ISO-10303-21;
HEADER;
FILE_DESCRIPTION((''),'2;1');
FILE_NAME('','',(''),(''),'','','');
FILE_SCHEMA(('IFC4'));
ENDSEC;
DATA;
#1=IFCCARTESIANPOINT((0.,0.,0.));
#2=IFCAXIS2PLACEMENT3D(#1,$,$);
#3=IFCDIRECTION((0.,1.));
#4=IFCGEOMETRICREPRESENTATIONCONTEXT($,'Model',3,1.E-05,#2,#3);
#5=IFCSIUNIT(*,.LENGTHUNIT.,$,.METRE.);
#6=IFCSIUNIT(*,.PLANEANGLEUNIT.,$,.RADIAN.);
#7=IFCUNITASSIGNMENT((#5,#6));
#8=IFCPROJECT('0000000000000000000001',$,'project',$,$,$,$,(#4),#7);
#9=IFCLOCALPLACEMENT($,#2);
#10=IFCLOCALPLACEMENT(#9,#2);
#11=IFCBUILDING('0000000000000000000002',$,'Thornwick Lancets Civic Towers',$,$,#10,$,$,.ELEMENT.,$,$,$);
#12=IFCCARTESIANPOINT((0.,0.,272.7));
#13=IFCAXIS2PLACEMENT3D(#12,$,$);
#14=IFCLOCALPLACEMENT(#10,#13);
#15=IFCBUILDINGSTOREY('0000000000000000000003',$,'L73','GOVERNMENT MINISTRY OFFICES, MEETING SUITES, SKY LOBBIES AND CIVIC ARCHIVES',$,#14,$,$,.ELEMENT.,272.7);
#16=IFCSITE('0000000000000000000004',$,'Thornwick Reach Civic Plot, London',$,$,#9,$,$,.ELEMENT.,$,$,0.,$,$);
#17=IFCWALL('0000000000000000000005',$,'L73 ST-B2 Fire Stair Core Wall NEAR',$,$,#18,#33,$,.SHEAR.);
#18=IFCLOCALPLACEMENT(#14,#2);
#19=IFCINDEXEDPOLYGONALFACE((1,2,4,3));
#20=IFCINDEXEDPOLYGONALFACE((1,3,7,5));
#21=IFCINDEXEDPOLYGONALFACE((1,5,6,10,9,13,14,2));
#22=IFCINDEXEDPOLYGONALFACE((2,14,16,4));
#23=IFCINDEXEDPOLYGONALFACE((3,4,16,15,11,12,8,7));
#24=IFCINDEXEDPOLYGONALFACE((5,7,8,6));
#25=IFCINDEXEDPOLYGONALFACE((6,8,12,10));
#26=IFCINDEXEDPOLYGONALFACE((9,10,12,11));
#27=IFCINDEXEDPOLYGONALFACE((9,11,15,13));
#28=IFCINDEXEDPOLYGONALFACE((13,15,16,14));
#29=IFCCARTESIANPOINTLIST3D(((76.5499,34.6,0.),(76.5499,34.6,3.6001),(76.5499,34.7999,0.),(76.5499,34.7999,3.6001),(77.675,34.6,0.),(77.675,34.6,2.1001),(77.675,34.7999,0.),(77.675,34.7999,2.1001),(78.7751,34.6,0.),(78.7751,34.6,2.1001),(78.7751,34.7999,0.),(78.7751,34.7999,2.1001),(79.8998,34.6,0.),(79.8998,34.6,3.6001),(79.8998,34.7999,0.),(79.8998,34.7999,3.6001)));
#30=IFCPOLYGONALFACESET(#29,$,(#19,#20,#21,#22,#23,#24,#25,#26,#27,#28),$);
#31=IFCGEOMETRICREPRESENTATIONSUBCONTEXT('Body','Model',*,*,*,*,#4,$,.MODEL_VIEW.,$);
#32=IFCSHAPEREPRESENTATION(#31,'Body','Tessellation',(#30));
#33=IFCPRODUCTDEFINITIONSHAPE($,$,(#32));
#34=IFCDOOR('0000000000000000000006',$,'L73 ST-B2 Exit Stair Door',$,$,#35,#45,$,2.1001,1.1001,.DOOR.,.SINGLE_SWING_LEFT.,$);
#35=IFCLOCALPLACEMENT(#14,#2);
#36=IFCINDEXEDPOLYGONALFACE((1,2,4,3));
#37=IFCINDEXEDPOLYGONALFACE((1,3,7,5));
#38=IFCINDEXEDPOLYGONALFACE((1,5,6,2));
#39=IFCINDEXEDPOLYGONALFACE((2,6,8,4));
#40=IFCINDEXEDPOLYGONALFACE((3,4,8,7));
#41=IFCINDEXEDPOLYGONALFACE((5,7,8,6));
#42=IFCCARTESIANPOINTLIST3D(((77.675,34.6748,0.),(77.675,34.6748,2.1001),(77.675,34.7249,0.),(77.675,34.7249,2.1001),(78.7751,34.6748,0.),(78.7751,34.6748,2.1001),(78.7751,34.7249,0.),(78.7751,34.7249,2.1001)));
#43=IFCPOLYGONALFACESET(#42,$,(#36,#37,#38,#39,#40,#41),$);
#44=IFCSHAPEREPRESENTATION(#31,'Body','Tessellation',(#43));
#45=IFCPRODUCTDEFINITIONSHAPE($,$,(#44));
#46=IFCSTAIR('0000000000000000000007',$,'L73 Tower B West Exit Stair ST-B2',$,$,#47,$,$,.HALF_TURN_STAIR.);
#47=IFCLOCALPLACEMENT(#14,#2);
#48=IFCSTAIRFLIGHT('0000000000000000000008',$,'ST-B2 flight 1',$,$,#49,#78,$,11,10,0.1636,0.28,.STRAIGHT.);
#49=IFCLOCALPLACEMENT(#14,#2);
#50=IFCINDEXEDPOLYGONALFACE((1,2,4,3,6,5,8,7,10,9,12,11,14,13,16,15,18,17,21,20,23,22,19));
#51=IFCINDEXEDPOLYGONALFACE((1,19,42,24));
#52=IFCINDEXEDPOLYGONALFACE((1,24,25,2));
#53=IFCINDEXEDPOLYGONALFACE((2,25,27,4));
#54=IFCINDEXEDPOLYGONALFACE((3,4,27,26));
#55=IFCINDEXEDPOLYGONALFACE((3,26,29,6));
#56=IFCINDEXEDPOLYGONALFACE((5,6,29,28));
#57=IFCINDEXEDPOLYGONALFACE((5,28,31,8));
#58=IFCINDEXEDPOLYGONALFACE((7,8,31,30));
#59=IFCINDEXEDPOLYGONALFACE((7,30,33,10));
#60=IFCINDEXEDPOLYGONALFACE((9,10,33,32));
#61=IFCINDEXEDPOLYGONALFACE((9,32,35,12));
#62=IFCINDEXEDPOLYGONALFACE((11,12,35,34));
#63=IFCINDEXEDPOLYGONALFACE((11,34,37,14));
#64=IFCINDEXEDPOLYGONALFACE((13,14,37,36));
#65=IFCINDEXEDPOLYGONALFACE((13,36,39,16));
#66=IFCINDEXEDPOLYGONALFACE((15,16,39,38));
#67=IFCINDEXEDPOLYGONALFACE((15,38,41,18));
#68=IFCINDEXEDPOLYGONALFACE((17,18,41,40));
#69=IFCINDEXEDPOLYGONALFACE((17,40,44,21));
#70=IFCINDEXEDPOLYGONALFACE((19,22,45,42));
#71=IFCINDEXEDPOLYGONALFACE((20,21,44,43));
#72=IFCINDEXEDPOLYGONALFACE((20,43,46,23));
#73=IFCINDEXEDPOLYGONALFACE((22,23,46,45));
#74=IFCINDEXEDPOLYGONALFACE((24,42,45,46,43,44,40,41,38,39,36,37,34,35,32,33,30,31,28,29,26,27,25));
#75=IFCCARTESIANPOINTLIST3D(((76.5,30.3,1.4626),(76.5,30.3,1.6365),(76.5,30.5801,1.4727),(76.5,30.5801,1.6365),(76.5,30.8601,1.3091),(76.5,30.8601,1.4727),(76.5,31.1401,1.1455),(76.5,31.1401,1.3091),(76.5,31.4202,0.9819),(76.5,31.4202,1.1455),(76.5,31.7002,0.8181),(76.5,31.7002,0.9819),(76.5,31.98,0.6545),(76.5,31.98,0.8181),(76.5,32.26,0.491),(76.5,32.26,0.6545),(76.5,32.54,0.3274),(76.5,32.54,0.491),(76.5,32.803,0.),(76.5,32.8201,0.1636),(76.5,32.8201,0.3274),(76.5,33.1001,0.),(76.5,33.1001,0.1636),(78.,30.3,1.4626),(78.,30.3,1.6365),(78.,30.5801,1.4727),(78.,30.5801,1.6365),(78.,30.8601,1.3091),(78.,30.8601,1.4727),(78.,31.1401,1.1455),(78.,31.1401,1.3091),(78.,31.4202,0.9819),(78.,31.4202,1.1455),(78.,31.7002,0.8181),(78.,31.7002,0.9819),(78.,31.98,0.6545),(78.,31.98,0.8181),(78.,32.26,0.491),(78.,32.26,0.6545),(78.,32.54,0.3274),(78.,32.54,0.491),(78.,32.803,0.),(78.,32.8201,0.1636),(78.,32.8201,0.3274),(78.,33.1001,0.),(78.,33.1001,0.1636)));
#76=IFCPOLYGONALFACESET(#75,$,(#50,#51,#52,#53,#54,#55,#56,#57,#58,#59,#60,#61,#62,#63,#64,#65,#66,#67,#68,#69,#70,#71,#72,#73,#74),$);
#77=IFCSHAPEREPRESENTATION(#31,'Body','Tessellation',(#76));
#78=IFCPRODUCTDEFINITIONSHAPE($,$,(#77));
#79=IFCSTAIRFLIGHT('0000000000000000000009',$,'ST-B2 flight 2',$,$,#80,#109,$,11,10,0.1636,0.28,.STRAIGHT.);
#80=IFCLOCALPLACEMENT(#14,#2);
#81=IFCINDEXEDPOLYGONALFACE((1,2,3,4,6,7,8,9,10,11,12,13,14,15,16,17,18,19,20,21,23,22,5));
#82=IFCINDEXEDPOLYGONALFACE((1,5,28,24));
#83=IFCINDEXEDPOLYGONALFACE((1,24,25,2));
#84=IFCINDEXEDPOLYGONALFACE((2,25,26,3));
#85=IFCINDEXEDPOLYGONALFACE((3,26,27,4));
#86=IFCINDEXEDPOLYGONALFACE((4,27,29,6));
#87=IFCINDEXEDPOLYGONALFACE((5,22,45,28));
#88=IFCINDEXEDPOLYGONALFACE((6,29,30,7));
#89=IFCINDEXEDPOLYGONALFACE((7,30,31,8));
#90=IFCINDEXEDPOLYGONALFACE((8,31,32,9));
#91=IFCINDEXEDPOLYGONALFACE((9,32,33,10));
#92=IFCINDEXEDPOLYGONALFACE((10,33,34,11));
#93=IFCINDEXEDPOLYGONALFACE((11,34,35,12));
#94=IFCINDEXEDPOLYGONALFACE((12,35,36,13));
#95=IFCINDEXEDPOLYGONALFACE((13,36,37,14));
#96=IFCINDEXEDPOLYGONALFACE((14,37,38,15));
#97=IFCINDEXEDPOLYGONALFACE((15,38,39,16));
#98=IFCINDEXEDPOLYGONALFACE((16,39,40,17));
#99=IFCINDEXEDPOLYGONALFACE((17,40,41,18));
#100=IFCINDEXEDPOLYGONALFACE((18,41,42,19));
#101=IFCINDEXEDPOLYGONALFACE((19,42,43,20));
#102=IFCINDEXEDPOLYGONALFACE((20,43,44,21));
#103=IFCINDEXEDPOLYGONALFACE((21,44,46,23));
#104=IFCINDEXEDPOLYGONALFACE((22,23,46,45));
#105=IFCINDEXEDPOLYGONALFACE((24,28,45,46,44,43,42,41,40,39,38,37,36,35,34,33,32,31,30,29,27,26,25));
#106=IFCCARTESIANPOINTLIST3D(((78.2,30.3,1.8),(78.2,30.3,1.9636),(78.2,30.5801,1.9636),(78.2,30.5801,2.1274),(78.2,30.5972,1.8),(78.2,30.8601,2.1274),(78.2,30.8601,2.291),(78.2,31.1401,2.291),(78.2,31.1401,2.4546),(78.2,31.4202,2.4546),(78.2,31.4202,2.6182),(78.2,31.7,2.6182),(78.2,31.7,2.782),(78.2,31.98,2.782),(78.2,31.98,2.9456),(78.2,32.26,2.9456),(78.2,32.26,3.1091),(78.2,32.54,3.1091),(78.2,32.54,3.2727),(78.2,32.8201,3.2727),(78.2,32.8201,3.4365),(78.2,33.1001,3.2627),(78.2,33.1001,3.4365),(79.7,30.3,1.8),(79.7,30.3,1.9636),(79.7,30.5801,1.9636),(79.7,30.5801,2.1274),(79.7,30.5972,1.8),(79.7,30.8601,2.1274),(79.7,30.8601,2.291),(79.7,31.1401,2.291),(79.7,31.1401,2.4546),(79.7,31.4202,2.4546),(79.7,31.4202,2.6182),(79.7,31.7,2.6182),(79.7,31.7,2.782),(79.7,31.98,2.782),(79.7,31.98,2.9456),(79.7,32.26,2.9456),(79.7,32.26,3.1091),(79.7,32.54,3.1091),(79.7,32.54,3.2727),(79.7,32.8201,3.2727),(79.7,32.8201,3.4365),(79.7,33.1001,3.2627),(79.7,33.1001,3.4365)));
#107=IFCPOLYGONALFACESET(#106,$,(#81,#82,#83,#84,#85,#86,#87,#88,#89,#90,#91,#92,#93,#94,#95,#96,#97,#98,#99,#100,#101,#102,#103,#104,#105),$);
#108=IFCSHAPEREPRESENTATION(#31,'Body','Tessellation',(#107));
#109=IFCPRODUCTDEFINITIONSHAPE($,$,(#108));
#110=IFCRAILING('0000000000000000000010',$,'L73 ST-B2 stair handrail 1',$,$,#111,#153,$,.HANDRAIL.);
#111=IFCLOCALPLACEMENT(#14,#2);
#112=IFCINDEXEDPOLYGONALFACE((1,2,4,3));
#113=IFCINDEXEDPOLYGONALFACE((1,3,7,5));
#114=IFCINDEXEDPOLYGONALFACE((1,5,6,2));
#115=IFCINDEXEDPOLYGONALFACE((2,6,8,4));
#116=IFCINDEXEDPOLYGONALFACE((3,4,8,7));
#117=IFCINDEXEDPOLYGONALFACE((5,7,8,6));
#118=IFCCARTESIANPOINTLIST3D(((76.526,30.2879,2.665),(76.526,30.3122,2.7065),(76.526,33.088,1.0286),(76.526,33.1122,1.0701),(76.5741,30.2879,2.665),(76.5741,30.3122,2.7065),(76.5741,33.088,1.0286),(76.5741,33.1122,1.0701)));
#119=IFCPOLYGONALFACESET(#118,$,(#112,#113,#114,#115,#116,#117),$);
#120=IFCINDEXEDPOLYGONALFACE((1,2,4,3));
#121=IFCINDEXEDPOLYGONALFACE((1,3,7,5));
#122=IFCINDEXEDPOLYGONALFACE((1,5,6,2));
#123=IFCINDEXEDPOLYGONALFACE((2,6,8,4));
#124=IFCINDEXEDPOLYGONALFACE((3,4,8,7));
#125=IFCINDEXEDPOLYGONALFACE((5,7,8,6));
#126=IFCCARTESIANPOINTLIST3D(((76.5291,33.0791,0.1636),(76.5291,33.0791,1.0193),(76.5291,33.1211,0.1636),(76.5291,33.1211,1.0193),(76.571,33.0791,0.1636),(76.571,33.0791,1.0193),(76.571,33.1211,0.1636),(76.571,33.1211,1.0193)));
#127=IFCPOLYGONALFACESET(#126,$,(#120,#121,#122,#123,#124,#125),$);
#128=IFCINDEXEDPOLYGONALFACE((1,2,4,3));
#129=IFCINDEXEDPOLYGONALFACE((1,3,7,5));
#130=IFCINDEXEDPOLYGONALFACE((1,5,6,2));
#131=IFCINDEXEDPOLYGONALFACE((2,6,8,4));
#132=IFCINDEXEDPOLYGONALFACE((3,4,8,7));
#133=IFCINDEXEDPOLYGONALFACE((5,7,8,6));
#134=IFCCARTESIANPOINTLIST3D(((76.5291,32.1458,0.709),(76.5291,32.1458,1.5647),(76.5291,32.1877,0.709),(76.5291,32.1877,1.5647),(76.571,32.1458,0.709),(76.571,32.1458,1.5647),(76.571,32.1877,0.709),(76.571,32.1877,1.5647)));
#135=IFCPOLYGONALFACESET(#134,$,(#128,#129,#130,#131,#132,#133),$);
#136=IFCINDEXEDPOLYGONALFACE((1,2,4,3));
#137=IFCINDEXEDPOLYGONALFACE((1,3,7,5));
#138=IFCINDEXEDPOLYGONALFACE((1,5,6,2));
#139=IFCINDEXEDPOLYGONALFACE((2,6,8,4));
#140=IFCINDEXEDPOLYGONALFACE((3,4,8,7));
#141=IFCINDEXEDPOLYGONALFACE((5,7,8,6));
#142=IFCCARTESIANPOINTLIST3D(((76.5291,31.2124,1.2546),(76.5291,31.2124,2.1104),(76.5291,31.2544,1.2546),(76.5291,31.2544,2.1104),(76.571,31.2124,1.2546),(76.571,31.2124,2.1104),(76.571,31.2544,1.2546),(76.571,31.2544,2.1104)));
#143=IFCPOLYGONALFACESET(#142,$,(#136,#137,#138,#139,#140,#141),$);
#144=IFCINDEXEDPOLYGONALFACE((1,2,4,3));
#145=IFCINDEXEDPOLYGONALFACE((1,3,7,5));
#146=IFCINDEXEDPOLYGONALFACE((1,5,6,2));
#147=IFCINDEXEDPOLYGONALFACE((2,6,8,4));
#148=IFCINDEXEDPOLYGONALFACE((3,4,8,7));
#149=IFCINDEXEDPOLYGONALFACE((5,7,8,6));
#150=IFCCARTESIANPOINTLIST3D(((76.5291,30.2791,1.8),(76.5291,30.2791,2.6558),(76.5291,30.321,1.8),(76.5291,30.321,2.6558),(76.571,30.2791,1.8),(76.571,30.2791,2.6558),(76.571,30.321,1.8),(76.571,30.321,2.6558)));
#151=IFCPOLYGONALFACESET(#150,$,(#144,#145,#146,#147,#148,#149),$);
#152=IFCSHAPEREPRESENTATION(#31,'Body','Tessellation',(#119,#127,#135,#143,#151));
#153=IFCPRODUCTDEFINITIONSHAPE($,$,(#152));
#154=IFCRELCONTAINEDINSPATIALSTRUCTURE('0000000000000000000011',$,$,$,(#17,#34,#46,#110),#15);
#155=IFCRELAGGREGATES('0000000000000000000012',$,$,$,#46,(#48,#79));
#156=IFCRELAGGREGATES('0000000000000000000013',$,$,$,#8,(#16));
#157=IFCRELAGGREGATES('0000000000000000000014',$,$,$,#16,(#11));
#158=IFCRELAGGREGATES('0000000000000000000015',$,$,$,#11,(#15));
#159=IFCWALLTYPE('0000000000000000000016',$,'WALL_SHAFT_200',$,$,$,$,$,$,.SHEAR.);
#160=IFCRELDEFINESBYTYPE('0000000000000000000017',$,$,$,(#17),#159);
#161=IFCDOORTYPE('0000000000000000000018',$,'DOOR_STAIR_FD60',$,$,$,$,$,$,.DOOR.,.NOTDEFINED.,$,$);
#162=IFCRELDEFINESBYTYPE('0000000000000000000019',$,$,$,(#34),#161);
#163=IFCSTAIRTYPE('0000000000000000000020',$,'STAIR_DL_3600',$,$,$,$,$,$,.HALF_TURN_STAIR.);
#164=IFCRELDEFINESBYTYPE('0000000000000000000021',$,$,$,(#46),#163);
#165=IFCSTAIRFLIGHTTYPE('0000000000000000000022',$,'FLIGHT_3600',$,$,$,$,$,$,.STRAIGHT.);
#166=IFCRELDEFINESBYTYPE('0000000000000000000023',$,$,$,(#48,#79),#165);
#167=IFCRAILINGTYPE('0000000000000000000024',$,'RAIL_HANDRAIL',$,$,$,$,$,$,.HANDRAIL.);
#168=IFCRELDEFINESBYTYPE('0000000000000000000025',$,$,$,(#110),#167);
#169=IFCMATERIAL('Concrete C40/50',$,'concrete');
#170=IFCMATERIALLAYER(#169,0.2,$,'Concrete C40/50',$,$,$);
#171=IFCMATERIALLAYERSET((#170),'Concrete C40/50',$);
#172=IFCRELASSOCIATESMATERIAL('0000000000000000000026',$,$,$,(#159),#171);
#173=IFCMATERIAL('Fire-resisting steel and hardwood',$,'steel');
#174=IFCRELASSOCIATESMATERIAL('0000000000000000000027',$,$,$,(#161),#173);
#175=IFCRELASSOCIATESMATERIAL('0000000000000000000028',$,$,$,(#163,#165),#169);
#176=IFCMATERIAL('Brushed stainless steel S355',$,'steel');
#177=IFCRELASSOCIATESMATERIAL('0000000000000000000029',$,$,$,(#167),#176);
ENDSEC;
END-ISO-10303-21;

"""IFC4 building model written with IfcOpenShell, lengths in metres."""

from ifc_helpers import new_model, si_unit, direction, frame, frame_2d, origin, origin_2d, place, context, subcontext, project, spatial, polyline, rectangle, outline, extrude, material, layer, layer_set, type_object, element, fill, aggregate, save


model = new_model("IFC4")

# Units and contexts
model_context = context("Model", 3, precision=1e-05, world=origin(), true_north=direction((0.0, 1.0)))
body_context = subcontext(model_context, "Body", "Model", "MODEL_VIEW")
ifc_project = project(units=[si_unit("LENGTHUNIT", "METRE"), si_unit("PLANEANGLEUNIT", "RADIAN")], contexts=[model_context])

# Site, building, storey
site_placement = place(None, origin())
site = spatial("IfcSite", under=ifc_project, at=site_placement, Name="Thornwick Reach Civic Plot, London", CompositionType="ELEMENT", RefElevation=0.0)
building_placement = place(site_placement, origin())
building = spatial("IfcBuilding", under=site, at=building_placement, Name="Thornwick Lancets Civic Towers", CompositionType="ELEMENT")
storey_placement = place(building_placement, frame((0.0, 0.0, 272.7)))
storey = spatial("IfcBuildingStorey", under=building, at=storey_placement, Name="L73", Description="GOVERNMENT MINISTRY OFFICES, MEETING SUITES, SKY LOBBIES AND CIVIC ARCHIVES", CompositionType="ELEMENT", Elevation=272.7)

# Shared definitions
ifc_material_1 = material(Name="Concrete C40/50", Category="concrete")

# Wall, opening, door
ifc_layer_1 = layer(ifc_material_1, 0.2, Name="Concrete C40/50")
ifc_layer_set_1 = layer_set([ifc_layer_1], Name="Concrete C40/50")
wall_type_1 = type_object("IfcWallType", Name="WALL_SHAFT_200", PredefinedType="SHEAR", material=ifc_layer_set_1)
wall_1_placement = place(storey_placement, frame((76.55, 34.7, 0.0), z_axis=(0.0, 0.0, 1.0), x_axis=(1.0, 0.0, 0.0)))
wall_1 = element("IfcWall", 1, at=wall_1_placement, inside=storey, type_object=wall_type_1, Name="L73 ST-B2 Fire Stair Core Wall NEAR", PredefinedType="SHEAR", context=body_context, shape_type="SweptSolid", body=[
    extrude(rectangle(XDim=3.3499, YDim=0.2, at=frame_2d((1.6748, 0.0))), origin(), (0.0, 0.0, 1.0), 3.6001),
])
opening_1_placement = place(wall_1_placement, frame((1.125, 0.0, 0.0)))
opening_1 = element("IfcOpeningElement", 2, at=opening_1_placement, cuts=wall_1, PredefinedType="OPENING", context=body_context, shape_type="SweptSolid", body=[
    extrude(rectangle(XDim=1.1001, YDim=2.1001, at=frame_2d((0.55, 1.05))), frame((0.0, 0.1099, 0.0), z_axis=(0.0, -1.0, 0.0), x_axis=(1.0, 0.0, 0.0)), (0.0, 0.0, 1.0), 0.22),
])
ifc_material_2 = material(Name="Fire-resisting steel and hardwood", Category="steel")
door_type = type_object("IfcDoorType", Name="DOOR_STAIR_FD60", OperationType="NOTDEFINED", PredefinedType="DOOR", material=ifc_material_2)
door_placement = place(opening_1_placement, origin())
door = element("IfcDoor", 3, at=door_placement, inside=storey, type_object=door_type, Name="L73 ST-B2 Exit Stair Door", OperationType="SINGLE_SWING_LEFT", OverallHeight=2.1001, OverallWidth=1.1001, PredefinedType="DOOR", context=body_context, shape_type="SweptSolid", body=[
    extrude(rectangle(XDim=1.1001, YDim=2.1001, at=frame_2d((0.55, 1.05))), frame((0.0, 0.0249, 0.0), z_axis=(0.0, -1.0, 0.0), x_axis=(1.0, 0.0, 0.0)), (0.0, 0.0, 1.0), 0.05),
])
fill(opening_1, door)

# Stair, stair flights
stair_type = type_object("IfcStairType", Name="STAIR_DL_3600", PredefinedType="HALF_TURN_STAIR", material=ifc_material_1)
stair_placement = place(storey_placement, origin())
stair = element("IfcStair", 4, at=stair_placement, inside=storey, type_object=stair_type, Name="L73 Tower B West Exit Stair ST-B2", PredefinedType="HALF_TURN_STAIR")
stair_flight_type = type_object("IfcStairFlightType", Name="FLIGHT_3600", PredefinedType="STRAIGHT", material=ifc_material_1)
stair_flight_1_placement = place(storey_placement, frame((77.25, 33.1001, 0.0), z_axis=(0.0, 0.0, 1.0), x_axis=(0.0, -1.0, 0.0)))
stair_flight_1 = element("IfcStairFlight", 5, at=stair_flight_1_placement, type_object=stair_flight_type, Name="ST-B2 flight 1", NumberOfRisers=11, NumberOfTreads=10, PredefinedType="STRAIGHT", RiserHeight=0.1636, TreadLength=0.28, context=body_context, shape_type="SweptSolid", body=[
    extrude(outline(polyline([(0.0, 0.0), (0.0, 0.1636), (0.28, 0.1636), (0.28, 0.3274), (0.5601, 0.3274), (0.5601, 0.491), (0.8401, 0.491), (0.8401, 0.6545), (1.1201, 0.6545), (1.1201, 0.8181), (1.3999, 0.8181), (1.3999, 0.9819), (1.6799, 0.9819), (1.6799, 1.1455), (1.96, 1.1455), (1.96, 1.3091), (2.24, 1.3091), (2.24, 1.4727), (2.52, 1.4727), (2.52, 1.6365), (2.8, 1.6365), (2.8, 1.8), (2.8, 1.4626), (0.2971, 0.0), (0.0, 0.0)])), frame((0.0, 0.75, 0.0), z_axis=(0.0, -1.0, 0.0), x_axis=(1.0, 0.0, 0.0)), (0.0, 0.0, 1.0), 1.5),
])
stair_flight_2_placement = place(storey_placement, frame((78.95, 30.3, 1.8), z_axis=(0.0, 0.0, 1.0), x_axis=(0.0, 1.0, 0.0)))
stair_flight_2 = element("IfcStairFlight", 6, at=stair_flight_2_placement, type_object=stair_flight_type, Name="ST-B2 flight 2", NumberOfRisers=11, NumberOfTreads=10, PredefinedType="STRAIGHT", RiserHeight=0.1636, TreadLength=0.28, context=body_context, shape_type="SweptSolid", body=[
    extrude(outline(polyline([(0.0, 0.0), (0.0, 0.1636), (0.28, 0.1636), (0.28, 0.3274), (0.5601, 0.3274), (0.5601, 0.491), (0.8401, 0.491), (0.8401, 0.6545), (1.1201, 0.6545), (1.1201, 0.8181), (1.3999, 0.8181), (1.3999, 0.9819), (1.6799, 0.9819), (1.6799, 1.1455), (1.96, 1.1455), (1.96, 1.3091), (2.24, 1.3091), (2.24, 1.4727), (2.52, 1.4727), (2.52, 1.6365), (2.8, 1.6365), (2.8, 1.8), (2.8, 1.4626), (0.2971, 0.0), (0.0, 0.0)])), frame((0.0, 0.75, 0.0), z_axis=(0.0, -1.0, 0.0), x_axis=(1.0, 0.0, 0.0)), (0.0, 0.0, 1.0), 1.5),
])
aggregate(stair, [stair_flight_1, stair_flight_2])

# Railing
ifc_material_3 = material(Name="Brushed stainless steel S355", Category="steel")
railing_type_1 = type_object("IfcRailingType", Name="RAIL_HANDRAIL", PredefinedType="HANDRAIL", material=ifc_material_3)
railing_1_placement = place(storey_placement, frame((76.55, 33.1001, 0.1636)))
element("IfcRailing", 7, at=railing_1_placement, inside=storey, type_object=railing_type_1, Name="L73 ST-B2 stair handrail 1", PredefinedType="HANDRAIL", context=body_context, shape_type="SweptSolid", body=[
    extrude(rectangle(XDim=0.0481, YDim=0.0481, at=origin_2d()), frame((0.0, 0.0, 0.8857), z_axis=(0.0, -0.863361, 0.504587), x_axis=(1.0, 0.0, 0.0)), (0.0, 0.0, 1.0), 3.2432),
    extrude(rectangle(XDim=0.042, YDim=0.042, at=origin_2d()), origin(), (0.0, 0.0, 1.0), 0.8557),
    extrude(rectangle(XDim=0.042, YDim=0.042, at=origin_2d()), frame((0.0, -0.9333, 0.5454)), (0.0, 0.0, 1.0), 0.8557),
    extrude(rectangle(XDim=0.042, YDim=0.042, at=origin_2d()), frame((0.0, -1.8667, 1.0911)), (0.0, 0.0, 1.0), 0.8557),
    extrude(rectangle(XDim=0.042, YDim=0.042, at=origin_2d()), frame((0.0, -2.8, 1.6365)), (0.0, 0.0, 1.0), 0.8557),
])

save(model, "model.ifc")
